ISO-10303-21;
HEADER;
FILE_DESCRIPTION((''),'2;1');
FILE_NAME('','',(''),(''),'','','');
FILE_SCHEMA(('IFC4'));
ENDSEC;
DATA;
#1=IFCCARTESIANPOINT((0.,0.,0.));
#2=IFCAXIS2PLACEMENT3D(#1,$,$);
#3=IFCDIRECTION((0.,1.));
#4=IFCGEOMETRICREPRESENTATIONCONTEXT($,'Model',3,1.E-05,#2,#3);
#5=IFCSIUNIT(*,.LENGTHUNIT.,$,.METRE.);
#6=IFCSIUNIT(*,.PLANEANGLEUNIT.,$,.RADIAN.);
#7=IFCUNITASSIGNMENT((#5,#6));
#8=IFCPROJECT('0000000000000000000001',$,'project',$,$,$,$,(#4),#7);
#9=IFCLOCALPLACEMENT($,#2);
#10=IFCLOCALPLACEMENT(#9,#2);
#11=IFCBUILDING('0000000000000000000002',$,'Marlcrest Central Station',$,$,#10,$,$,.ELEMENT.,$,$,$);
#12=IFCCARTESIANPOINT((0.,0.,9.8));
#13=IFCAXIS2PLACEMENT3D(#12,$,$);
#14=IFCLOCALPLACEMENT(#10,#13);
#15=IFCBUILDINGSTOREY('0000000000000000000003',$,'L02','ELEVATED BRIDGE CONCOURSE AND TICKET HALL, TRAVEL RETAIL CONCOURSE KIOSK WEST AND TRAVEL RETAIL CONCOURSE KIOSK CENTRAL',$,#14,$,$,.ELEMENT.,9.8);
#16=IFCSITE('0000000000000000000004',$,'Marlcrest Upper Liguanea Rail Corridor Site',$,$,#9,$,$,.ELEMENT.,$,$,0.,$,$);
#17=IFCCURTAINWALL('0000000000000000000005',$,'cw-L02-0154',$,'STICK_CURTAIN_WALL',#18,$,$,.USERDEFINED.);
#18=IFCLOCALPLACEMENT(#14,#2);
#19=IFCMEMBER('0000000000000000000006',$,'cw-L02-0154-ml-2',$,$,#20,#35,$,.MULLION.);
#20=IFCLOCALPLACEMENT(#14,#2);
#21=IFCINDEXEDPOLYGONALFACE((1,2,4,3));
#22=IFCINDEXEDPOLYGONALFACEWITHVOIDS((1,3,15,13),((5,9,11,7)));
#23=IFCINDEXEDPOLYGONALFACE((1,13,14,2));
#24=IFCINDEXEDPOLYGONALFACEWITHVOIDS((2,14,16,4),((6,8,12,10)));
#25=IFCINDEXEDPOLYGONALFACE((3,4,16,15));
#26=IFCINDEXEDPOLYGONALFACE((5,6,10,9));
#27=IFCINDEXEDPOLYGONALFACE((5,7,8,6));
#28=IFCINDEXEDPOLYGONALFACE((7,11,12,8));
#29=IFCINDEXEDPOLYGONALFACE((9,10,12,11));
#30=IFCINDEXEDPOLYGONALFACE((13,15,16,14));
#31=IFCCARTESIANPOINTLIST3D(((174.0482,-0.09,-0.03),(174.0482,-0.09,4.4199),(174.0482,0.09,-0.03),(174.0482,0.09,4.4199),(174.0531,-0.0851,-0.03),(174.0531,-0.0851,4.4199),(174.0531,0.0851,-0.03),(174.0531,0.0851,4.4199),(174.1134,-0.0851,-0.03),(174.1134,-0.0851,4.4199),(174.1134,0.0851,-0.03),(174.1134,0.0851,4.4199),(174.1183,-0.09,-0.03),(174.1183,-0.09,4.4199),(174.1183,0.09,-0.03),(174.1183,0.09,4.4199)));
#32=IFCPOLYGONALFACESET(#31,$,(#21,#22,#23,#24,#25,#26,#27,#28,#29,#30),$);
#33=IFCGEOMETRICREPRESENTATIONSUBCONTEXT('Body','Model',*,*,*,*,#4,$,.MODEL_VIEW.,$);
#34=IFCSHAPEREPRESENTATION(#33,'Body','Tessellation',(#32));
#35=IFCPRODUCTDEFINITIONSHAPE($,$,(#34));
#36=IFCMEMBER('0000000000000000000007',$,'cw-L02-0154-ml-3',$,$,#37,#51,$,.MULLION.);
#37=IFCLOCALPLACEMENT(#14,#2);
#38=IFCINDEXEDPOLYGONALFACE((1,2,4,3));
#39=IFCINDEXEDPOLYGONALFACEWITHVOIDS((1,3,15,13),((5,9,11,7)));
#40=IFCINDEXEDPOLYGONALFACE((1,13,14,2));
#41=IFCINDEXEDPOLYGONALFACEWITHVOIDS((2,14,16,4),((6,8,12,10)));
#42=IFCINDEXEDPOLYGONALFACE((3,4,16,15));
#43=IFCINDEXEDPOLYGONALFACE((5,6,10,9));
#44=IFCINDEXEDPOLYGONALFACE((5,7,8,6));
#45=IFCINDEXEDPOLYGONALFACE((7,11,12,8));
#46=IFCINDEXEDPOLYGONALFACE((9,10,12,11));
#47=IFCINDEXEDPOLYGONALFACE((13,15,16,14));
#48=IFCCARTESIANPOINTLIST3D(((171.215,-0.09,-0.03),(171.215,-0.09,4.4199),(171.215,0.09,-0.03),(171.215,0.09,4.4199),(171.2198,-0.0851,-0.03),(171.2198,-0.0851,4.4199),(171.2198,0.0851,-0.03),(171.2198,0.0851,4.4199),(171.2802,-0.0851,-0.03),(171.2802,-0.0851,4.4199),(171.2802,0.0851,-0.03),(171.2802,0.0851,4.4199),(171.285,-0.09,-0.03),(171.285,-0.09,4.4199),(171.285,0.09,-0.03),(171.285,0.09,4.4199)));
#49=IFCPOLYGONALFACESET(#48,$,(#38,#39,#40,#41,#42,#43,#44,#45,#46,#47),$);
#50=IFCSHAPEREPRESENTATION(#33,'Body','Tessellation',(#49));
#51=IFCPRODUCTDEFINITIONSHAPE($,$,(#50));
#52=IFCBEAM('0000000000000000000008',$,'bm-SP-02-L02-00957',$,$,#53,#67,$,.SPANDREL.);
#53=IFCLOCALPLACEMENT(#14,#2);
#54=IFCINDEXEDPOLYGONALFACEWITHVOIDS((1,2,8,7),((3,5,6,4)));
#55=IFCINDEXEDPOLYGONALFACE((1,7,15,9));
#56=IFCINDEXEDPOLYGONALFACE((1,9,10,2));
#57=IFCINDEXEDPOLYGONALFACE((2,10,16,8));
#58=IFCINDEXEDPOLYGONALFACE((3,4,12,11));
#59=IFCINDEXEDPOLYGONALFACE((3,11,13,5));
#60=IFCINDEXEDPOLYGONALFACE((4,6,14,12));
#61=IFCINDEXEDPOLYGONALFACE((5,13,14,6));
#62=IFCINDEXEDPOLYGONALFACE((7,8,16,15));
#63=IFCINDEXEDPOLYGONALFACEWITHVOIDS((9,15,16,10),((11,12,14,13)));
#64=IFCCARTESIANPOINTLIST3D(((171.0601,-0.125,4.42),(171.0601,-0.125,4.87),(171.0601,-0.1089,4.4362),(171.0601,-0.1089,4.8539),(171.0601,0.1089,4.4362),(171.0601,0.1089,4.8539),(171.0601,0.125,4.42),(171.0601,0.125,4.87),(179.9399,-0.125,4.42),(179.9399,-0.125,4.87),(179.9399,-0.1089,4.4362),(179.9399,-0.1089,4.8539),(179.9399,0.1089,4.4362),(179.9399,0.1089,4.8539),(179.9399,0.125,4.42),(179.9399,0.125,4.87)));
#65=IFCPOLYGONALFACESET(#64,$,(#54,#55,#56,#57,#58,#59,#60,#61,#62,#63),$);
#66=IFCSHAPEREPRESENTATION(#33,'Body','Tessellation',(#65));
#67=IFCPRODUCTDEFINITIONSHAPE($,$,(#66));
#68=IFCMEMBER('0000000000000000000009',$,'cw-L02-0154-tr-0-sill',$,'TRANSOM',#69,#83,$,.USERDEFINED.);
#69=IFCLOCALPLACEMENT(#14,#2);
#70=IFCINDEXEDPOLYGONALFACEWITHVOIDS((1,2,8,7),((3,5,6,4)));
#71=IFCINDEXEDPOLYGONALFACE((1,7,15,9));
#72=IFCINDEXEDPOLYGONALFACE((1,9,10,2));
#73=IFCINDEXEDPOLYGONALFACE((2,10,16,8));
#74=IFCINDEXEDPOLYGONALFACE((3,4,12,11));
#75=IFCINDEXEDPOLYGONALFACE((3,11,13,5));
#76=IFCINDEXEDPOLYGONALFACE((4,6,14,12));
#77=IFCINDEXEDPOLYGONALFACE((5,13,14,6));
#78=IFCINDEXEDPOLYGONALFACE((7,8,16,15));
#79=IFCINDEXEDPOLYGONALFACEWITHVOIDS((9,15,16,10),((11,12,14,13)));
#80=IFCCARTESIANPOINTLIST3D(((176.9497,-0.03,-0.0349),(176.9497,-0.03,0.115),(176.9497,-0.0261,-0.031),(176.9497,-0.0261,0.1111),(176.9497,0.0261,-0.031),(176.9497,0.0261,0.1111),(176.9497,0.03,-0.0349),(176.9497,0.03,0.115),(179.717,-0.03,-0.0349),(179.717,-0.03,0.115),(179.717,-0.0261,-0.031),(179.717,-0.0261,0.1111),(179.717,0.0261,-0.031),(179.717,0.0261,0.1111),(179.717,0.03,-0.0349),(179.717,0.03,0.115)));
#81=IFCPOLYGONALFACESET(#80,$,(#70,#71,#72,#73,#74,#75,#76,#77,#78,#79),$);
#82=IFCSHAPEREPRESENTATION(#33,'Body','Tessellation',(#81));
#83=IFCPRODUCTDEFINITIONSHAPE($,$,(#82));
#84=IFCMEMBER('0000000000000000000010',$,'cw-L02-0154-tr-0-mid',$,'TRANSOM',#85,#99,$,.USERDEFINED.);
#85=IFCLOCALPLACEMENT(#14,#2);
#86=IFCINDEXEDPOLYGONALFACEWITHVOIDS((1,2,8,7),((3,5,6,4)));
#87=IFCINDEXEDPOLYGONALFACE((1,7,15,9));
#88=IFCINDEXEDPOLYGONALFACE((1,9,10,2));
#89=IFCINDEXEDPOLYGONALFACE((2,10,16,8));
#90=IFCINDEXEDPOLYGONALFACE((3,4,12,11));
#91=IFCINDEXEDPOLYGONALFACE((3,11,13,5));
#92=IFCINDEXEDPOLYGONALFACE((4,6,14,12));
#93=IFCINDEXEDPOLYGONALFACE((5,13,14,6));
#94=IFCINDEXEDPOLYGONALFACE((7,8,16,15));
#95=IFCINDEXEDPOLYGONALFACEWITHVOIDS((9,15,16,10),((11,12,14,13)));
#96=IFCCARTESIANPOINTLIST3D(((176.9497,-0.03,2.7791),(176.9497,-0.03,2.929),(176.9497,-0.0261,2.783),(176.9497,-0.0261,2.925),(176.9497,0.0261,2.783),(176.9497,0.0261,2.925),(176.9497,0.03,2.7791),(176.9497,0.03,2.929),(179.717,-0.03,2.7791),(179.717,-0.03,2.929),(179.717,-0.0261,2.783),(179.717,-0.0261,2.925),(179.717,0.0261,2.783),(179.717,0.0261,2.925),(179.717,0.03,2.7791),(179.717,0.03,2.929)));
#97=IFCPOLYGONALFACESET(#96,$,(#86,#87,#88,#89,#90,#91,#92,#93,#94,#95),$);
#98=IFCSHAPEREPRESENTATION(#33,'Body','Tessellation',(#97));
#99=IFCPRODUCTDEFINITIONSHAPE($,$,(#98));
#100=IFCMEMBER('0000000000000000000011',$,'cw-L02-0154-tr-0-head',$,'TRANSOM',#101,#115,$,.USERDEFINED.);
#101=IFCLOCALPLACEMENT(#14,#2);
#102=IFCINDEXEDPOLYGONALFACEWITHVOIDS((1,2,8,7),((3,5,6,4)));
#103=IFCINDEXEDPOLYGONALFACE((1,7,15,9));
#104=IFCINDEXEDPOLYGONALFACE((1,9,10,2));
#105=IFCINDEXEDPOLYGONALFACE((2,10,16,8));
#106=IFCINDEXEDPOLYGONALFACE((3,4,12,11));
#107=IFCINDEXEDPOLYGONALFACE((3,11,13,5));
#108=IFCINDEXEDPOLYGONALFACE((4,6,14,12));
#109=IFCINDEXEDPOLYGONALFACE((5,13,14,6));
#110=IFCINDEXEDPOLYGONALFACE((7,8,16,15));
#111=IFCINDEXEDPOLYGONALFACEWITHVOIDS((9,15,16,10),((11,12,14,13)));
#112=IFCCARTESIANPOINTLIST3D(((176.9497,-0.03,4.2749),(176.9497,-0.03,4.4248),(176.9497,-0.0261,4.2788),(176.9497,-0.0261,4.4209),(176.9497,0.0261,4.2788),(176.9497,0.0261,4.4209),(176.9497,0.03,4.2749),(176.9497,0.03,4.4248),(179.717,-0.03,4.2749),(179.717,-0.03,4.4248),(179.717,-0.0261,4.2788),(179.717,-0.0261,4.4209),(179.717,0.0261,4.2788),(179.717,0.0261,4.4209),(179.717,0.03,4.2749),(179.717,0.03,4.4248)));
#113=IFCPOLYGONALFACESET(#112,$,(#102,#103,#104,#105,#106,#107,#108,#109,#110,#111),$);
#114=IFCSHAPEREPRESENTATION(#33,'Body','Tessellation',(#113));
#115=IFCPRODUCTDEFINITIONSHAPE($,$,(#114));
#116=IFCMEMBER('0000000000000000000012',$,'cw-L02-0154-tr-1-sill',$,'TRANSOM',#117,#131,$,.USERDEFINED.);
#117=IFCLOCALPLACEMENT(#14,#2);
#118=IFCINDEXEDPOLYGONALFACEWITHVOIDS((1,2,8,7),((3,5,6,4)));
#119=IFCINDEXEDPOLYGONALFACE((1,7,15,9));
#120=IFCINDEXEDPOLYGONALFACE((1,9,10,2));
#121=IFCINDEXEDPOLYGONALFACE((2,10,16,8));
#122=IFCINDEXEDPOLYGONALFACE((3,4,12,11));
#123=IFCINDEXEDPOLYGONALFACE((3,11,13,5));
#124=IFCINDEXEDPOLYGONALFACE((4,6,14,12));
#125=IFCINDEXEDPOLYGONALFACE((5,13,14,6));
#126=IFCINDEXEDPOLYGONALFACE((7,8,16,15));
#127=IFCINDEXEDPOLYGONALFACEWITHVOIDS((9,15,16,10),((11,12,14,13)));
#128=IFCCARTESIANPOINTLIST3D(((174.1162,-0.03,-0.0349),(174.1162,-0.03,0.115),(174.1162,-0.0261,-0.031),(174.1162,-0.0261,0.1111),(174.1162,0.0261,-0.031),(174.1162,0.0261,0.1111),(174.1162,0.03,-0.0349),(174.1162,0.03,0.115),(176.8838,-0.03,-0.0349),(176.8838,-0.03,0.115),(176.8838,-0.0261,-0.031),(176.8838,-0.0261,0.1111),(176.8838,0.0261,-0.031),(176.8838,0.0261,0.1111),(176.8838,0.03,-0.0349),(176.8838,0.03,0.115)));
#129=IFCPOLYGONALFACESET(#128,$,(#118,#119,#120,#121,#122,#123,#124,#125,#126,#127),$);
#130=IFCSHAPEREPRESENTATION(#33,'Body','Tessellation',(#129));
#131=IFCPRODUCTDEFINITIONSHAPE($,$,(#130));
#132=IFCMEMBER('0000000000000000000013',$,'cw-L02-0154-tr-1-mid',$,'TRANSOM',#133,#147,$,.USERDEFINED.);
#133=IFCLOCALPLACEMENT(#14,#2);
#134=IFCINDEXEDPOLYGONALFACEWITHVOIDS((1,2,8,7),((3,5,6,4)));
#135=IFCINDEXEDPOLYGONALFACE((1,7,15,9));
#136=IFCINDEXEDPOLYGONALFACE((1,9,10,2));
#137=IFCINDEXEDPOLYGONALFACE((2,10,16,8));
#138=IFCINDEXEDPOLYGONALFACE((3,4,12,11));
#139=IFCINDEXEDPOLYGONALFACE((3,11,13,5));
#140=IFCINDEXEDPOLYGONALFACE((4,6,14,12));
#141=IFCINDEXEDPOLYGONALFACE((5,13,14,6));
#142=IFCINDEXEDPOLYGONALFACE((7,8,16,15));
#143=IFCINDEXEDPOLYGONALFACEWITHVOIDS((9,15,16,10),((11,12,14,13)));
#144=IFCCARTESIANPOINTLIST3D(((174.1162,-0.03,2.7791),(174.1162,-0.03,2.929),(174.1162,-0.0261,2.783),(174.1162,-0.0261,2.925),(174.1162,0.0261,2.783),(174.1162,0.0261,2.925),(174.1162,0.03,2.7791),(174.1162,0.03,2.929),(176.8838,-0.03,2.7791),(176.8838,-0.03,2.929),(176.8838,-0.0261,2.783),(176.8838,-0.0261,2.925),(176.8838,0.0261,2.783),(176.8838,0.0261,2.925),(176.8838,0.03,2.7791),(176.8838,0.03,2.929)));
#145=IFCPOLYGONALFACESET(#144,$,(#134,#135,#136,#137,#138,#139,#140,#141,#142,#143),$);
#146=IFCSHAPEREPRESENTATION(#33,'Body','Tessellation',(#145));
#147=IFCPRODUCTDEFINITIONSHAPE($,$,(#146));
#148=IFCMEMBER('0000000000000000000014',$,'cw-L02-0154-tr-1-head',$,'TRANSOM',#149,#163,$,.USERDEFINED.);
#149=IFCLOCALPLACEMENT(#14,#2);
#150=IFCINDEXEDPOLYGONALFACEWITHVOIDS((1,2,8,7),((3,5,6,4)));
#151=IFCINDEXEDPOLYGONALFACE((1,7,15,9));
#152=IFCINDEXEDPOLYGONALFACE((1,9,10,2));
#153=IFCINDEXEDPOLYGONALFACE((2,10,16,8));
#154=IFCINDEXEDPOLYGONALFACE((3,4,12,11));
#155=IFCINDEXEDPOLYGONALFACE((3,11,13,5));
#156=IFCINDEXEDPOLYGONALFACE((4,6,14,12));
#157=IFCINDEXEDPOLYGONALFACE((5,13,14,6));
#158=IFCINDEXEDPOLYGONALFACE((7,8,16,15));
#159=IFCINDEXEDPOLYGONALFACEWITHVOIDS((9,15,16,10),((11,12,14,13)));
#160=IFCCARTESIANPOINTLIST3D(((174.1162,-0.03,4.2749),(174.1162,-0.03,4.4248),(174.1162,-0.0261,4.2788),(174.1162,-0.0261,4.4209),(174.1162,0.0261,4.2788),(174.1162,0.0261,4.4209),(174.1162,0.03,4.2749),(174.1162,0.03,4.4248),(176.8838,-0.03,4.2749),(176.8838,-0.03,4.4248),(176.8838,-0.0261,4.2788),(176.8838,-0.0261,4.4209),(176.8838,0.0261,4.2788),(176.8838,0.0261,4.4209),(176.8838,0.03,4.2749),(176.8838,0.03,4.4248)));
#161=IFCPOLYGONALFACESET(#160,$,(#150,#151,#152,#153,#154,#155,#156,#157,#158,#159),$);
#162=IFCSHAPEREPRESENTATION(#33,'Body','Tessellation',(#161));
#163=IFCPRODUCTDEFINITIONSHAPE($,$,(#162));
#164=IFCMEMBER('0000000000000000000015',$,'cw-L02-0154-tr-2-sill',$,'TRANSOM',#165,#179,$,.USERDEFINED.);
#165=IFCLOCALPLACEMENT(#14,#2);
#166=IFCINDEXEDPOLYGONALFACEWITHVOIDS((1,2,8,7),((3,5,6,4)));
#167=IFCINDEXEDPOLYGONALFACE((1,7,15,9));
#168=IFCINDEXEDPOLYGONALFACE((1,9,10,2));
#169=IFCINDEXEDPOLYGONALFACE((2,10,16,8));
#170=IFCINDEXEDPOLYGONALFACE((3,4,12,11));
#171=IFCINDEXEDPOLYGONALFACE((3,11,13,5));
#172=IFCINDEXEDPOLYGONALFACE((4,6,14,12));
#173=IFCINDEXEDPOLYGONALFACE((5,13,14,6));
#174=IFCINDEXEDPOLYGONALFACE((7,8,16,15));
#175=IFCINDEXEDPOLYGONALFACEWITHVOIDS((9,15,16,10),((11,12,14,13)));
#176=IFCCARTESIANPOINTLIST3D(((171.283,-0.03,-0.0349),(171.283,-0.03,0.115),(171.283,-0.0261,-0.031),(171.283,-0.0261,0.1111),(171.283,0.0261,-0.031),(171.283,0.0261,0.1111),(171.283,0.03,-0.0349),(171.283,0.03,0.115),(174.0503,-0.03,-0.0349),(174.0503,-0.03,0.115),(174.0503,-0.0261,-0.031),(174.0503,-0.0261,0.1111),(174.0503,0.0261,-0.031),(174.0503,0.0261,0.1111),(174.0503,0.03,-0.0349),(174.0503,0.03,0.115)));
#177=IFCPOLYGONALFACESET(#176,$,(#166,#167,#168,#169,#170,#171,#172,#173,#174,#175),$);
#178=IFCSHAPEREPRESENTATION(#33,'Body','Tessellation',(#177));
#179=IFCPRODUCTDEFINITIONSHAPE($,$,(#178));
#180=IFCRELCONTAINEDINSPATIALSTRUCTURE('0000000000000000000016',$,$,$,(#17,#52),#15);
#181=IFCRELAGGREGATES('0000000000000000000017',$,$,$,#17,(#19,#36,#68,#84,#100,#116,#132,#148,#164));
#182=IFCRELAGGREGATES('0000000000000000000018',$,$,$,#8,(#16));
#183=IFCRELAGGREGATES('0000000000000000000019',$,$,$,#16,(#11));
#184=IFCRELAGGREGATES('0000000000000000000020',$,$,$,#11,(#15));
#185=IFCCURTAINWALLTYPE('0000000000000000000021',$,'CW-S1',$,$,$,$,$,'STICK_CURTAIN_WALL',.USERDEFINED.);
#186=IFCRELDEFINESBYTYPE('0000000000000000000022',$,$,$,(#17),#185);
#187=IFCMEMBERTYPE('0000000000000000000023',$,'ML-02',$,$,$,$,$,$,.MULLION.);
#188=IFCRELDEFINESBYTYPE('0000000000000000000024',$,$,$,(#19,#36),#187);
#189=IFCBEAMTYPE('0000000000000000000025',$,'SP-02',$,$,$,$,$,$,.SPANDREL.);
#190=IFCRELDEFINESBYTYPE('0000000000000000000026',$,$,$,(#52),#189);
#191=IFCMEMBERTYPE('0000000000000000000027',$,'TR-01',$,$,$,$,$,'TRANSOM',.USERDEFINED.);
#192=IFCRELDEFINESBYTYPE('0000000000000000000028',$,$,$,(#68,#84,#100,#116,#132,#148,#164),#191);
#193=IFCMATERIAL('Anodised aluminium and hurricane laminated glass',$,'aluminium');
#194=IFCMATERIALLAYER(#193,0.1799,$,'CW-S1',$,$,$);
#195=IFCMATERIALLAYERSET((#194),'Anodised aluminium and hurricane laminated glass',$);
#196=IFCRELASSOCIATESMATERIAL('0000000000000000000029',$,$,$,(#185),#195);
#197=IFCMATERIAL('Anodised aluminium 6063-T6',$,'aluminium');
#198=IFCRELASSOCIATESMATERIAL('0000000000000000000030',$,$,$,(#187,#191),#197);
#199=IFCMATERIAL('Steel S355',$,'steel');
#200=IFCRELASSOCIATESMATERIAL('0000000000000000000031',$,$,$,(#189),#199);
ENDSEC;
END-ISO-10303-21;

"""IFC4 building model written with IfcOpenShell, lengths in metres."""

from ifc_helpers import new_model, si_unit, direction, frame, origin, origin_2d, place, context, subcontext, project, spatial, hollow_rectangle, extrude, material, layer, layer_set, material_profile, profile_set, type_object, element, aggregate, save


model = new_model("IFC4")

# Units and contexts
model_context = context("Model", 3, precision=1e-05, world=origin(), true_north=direction((0.0, 1.0)))
body_context = subcontext(model_context, "Body", "Model", "MODEL_VIEW")
ifc_project = project(units=[si_unit("LENGTHUNIT", "METRE"), si_unit("PLANEANGLEUNIT", "RADIAN")], contexts=[model_context])

# Site, building, storey
site_placement = place(None, origin())
site = spatial("IfcSite", under=ifc_project, at=site_placement, Name="Marlcrest Upper Liguanea Rail Corridor Site", CompositionType="ELEMENT", RefElevation=0.0)
building_placement = place(site_placement, origin())
building = spatial("IfcBuilding", under=site, at=building_placement, Name="Marlcrest Central Station", CompositionType="ELEMENT")
storey_placement = place(building_placement, frame((0.0, 0.0, 9.8)))
storey = spatial("IfcBuildingStorey", under=building, at=storey_placement, Name="L02", Description="ELEVATED BRIDGE CONCOURSE AND TICKET HALL, TRAVEL RETAIL CONCOURSE KIOSK WEST AND TRAVEL RETAIL CONCOURSE KIOSK CENTRAL", CompositionType="ELEMENT", Elevation=9.8)

# Shared definitions
ifc_material_1 = material(Name="Steel S355", Category="steel")

# Curtain wall, members
ifc_material_2 = material(Name="Anodised aluminium and hurricane laminated glass", Category="aluminium")
ifc_layer_1 = layer(ifc_material_2, 0.1799, Name="CW-S1")
ifc_layer_set_1 = layer_set([ifc_layer_1], Name="Anodised aluminium and hurricane laminated glass")
curtain_wall_type = type_object("IfcCurtainWallType", Name="CW-S1", ElementType="STICK_CURTAIN_WALL", PredefinedType="USERDEFINED", material=ifc_layer_set_1)
curtain_wall_placement = place(storey_placement, origin())
curtain_wall = element("IfcCurtainWall", 1, at=curtain_wall_placement, inside=storey, type_object=curtain_wall_type, Name="cw-L02-0154", ObjectType="STICK_CURTAIN_WALL", PredefinedType="USERDEFINED")
ifc_material_3 = material(Name="Anodised aluminium 6063-T6", Category="aluminium")
ifc_material_profile_1 = material_profile(ifc_material_3, hollow_rectangle(XDim=0.0701, YDim=0.1799, WallThickness=0.0049, at=origin_2d()), Name="AA-RHS 180x70x5")
ifc_profile_set_1 = profile_set([ifc_material_profile_1], Name="Anodised aluminium 6063-T6")
member_type_1 = type_object("IfcMemberType", Name="ML-02", PredefinedType="MULLION", material=ifc_profile_set_1)
member_1_placement = place(storey_placement, frame((174.0833, 0.0, -0.03), z_axis=(0.0, 0.0, 1.0), x_axis=(1.0, 0.0, 0.0)))
member_1 = element("IfcMember", 2, at=member_1_placement, type_object=member_type_1, Name="cw-L02-0154-ml-2", PredefinedType="MULLION", context=body_context, shape_type="SweptSolid", body=[
    extrude(hollow_rectangle(XDim=0.0701, YDim=0.1799, WallThickness=0.0049, at=origin_2d()), origin(), (0.0, 0.0, 1.0), 4.45),
])
member_2_placement = place(storey_placement, frame((171.25, 0.0, -0.03), z_axis=(0.0, 0.0, 1.0), x_axis=(1.0, 0.0, 0.0)))
member_2 = element("IfcMember", 3, at=member_2_placement, type_object=member_type_1, Name="cw-L02-0154-ml-3", PredefinedType="MULLION", context=body_context, shape_type="SweptSolid", body=[
    extrude(hollow_rectangle(XDim=0.0701, YDim=0.1799, WallThickness=0.0049, at=origin_2d()), origin(), (0.0, 0.0, 1.0), 4.45),
])

# Beam
ifc_material_profile_2 = material_profile(ifc_material_1, hollow_rectangle(XDim=0.25, YDim=0.45, WallThickness=0.0161, at=origin_2d()), Name="RHS 450x250x16")
ifc_profile_set_2 = profile_set([ifc_material_profile_2], Name="Steel S355")
beam_type_1 = type_object("IfcBeamType", Name="SP-02", PredefinedType="SPANDREL", material=ifc_profile_set_2)
beam_1_placement = place(storey_placement, frame((171.0601, 0.0, 4.645), z_axis=(1.0, 0.0, 0.0), x_axis=(0.0, 1.0, 0.0)))
element("IfcBeam", 4, at=beam_1_placement, inside=storey, type_object=beam_type_1, Name="bm-SP-02-L02-00957", PredefinedType="SPANDREL", context=body_context, shape_type="SweptSolid", body=[
    extrude(hollow_rectangle(XDim=0.25, YDim=0.45, WallThickness=0.0161, at=origin_2d()), origin(), (0.0, 0.0, 1.0), 8.8799),
])

# Members
ifc_material_profile_3 = material_profile(ifc_material_3, hollow_rectangle(XDim=0.0601, YDim=0.1499, WallThickness=0.0039, at=origin_2d()), Name="AA-RHS 150x60x4")
ifc_profile_set_3 = profile_set([ifc_material_profile_3], Name="Anodised aluminium 6063-T6")
member_type_2 = type_object("IfcMemberType", Name="TR-01", ElementType="TRANSOM", PredefinedType="USERDEFINED", material=ifc_profile_set_3)
member_3_placement = place(storey_placement, frame((179.717, 0.0, 0.04), z_axis=(-1.0, 0.0, 0.0), x_axis=(0.0, -1.0, 0.0)))
member_3 = element("IfcMember", 5, at=member_3_placement, type_object=member_type_2, Name="cw-L02-0154-tr-0-sill", ObjectType="TRANSOM", PredefinedType="USERDEFINED", context=body_context, shape_type="SweptSolid", body=[
    extrude(hollow_rectangle(XDim=0.0601, YDim=0.1499, WallThickness=0.0039, at=origin_2d()), origin(), (0.0, 0.0, 1.0), 2.7673),
])
member_4_placement = place(storey_placement, frame((179.717, 0.0, 2.854), z_axis=(-1.0, 0.0, 0.0), x_axis=(0.0, -1.0, 0.0)))
member_4 = element("IfcMember", 6, at=member_4_placement, type_object=member_type_2, Name="cw-L02-0154-tr-0-mid", ObjectType="TRANSOM", PredefinedType="USERDEFINED", context=body_context, shape_type="SweptSolid", body=[
    extrude(hollow_rectangle(XDim=0.0601, YDim=0.1499, WallThickness=0.0039, at=origin_2d()), origin(), (0.0, 0.0, 1.0), 2.7673),
])
member_5_placement = place(storey_placement, frame((179.717, 0.0, 4.3499), z_axis=(-1.0, 0.0, 0.0), x_axis=(0.0, -1.0, 0.0)))
member_5 = element("IfcMember", 7, at=member_5_placement, type_object=member_type_2, Name="cw-L02-0154-tr-0-head", ObjectType="TRANSOM", PredefinedType="USERDEFINED", context=body_context, shape_type="SweptSolid", body=[
    extrude(hollow_rectangle(XDim=0.0601, YDim=0.1499, WallThickness=0.0039, at=origin_2d()), origin(), (0.0, 0.0, 1.0), 2.7673),
])
member_6_placement = place(storey_placement, frame((176.8838, 0.0, 0.04), z_axis=(-1.0, 0.0, 0.0), x_axis=(0.0, -1.0, 0.0)))
member_6 = element("IfcMember", 8, at=member_6_placement, type_object=member_type_2, Name="cw-L02-0154-tr-1-sill", ObjectType="TRANSOM", PredefinedType="USERDEFINED", context=body_context, shape_type="SweptSolid", body=[
    extrude(hollow_rectangle(XDim=0.0601, YDim=0.1499, WallThickness=0.0039, at=origin_2d()), origin(), (0.0, 0.0, 1.0), 2.7676),
])
member_7_placement = place(storey_placement, frame((176.8838, 0.0, 2.854), z_axis=(-1.0, 0.0, 0.0), x_axis=(0.0, -1.0, 0.0)))
member_7 = element("IfcMember", 9, at=member_7_placement, type_object=member_type_2, Name="cw-L02-0154-tr-1-mid", ObjectType="TRANSOM", PredefinedType="USERDEFINED", context=body_context, shape_type="SweptSolid", body=[
    extrude(hollow_rectangle(XDim=0.0601, YDim=0.1499, WallThickness=0.0039, at=origin_2d()), origin(), (0.0, 0.0, 1.0), 2.7676),
])
member_8_placement = place(storey_placement, frame((176.8838, 0.0, 4.3499), z_axis=(-1.0, 0.0, 0.0), x_axis=(0.0, -1.0, 0.0)))
member_8 = element("IfcMember", 10, at=member_8_placement, type_object=member_type_2, Name="cw-L02-0154-tr-1-head", ObjectType="TRANSOM", PredefinedType="USERDEFINED", context=body_context, shape_type="SweptSolid", body=[
    extrude(hollow_rectangle(XDim=0.0601, YDim=0.1499, WallThickness=0.0039, at=origin_2d()), origin(), (0.0, 0.0, 1.0), 2.7676),
])
member_9_placement = place(storey_placement, frame((174.0503, 0.0, 0.04), z_axis=(-1.0, 0.0, 0.0), x_axis=(0.0, -1.0, 0.0)))
member_9 = element("IfcMember", 11, at=member_9_placement, type_object=member_type_2, Name="cw-L02-0154-tr-2-sill", ObjectType="TRANSOM", PredefinedType="USERDEFINED", context=body_context, shape_type="SweptSolid", body=[
    extrude(hollow_rectangle(XDim=0.0601, YDim=0.1499, WallThickness=0.0039, at=origin_2d()), origin(), (0.0, 0.0, 1.0), 2.7673),
])

aggregate(curtain_wall, [member_1, member_2, member_3, member_4, member_5, member_6, member_7, member_8, member_9])

save(model, "model.ifc")
